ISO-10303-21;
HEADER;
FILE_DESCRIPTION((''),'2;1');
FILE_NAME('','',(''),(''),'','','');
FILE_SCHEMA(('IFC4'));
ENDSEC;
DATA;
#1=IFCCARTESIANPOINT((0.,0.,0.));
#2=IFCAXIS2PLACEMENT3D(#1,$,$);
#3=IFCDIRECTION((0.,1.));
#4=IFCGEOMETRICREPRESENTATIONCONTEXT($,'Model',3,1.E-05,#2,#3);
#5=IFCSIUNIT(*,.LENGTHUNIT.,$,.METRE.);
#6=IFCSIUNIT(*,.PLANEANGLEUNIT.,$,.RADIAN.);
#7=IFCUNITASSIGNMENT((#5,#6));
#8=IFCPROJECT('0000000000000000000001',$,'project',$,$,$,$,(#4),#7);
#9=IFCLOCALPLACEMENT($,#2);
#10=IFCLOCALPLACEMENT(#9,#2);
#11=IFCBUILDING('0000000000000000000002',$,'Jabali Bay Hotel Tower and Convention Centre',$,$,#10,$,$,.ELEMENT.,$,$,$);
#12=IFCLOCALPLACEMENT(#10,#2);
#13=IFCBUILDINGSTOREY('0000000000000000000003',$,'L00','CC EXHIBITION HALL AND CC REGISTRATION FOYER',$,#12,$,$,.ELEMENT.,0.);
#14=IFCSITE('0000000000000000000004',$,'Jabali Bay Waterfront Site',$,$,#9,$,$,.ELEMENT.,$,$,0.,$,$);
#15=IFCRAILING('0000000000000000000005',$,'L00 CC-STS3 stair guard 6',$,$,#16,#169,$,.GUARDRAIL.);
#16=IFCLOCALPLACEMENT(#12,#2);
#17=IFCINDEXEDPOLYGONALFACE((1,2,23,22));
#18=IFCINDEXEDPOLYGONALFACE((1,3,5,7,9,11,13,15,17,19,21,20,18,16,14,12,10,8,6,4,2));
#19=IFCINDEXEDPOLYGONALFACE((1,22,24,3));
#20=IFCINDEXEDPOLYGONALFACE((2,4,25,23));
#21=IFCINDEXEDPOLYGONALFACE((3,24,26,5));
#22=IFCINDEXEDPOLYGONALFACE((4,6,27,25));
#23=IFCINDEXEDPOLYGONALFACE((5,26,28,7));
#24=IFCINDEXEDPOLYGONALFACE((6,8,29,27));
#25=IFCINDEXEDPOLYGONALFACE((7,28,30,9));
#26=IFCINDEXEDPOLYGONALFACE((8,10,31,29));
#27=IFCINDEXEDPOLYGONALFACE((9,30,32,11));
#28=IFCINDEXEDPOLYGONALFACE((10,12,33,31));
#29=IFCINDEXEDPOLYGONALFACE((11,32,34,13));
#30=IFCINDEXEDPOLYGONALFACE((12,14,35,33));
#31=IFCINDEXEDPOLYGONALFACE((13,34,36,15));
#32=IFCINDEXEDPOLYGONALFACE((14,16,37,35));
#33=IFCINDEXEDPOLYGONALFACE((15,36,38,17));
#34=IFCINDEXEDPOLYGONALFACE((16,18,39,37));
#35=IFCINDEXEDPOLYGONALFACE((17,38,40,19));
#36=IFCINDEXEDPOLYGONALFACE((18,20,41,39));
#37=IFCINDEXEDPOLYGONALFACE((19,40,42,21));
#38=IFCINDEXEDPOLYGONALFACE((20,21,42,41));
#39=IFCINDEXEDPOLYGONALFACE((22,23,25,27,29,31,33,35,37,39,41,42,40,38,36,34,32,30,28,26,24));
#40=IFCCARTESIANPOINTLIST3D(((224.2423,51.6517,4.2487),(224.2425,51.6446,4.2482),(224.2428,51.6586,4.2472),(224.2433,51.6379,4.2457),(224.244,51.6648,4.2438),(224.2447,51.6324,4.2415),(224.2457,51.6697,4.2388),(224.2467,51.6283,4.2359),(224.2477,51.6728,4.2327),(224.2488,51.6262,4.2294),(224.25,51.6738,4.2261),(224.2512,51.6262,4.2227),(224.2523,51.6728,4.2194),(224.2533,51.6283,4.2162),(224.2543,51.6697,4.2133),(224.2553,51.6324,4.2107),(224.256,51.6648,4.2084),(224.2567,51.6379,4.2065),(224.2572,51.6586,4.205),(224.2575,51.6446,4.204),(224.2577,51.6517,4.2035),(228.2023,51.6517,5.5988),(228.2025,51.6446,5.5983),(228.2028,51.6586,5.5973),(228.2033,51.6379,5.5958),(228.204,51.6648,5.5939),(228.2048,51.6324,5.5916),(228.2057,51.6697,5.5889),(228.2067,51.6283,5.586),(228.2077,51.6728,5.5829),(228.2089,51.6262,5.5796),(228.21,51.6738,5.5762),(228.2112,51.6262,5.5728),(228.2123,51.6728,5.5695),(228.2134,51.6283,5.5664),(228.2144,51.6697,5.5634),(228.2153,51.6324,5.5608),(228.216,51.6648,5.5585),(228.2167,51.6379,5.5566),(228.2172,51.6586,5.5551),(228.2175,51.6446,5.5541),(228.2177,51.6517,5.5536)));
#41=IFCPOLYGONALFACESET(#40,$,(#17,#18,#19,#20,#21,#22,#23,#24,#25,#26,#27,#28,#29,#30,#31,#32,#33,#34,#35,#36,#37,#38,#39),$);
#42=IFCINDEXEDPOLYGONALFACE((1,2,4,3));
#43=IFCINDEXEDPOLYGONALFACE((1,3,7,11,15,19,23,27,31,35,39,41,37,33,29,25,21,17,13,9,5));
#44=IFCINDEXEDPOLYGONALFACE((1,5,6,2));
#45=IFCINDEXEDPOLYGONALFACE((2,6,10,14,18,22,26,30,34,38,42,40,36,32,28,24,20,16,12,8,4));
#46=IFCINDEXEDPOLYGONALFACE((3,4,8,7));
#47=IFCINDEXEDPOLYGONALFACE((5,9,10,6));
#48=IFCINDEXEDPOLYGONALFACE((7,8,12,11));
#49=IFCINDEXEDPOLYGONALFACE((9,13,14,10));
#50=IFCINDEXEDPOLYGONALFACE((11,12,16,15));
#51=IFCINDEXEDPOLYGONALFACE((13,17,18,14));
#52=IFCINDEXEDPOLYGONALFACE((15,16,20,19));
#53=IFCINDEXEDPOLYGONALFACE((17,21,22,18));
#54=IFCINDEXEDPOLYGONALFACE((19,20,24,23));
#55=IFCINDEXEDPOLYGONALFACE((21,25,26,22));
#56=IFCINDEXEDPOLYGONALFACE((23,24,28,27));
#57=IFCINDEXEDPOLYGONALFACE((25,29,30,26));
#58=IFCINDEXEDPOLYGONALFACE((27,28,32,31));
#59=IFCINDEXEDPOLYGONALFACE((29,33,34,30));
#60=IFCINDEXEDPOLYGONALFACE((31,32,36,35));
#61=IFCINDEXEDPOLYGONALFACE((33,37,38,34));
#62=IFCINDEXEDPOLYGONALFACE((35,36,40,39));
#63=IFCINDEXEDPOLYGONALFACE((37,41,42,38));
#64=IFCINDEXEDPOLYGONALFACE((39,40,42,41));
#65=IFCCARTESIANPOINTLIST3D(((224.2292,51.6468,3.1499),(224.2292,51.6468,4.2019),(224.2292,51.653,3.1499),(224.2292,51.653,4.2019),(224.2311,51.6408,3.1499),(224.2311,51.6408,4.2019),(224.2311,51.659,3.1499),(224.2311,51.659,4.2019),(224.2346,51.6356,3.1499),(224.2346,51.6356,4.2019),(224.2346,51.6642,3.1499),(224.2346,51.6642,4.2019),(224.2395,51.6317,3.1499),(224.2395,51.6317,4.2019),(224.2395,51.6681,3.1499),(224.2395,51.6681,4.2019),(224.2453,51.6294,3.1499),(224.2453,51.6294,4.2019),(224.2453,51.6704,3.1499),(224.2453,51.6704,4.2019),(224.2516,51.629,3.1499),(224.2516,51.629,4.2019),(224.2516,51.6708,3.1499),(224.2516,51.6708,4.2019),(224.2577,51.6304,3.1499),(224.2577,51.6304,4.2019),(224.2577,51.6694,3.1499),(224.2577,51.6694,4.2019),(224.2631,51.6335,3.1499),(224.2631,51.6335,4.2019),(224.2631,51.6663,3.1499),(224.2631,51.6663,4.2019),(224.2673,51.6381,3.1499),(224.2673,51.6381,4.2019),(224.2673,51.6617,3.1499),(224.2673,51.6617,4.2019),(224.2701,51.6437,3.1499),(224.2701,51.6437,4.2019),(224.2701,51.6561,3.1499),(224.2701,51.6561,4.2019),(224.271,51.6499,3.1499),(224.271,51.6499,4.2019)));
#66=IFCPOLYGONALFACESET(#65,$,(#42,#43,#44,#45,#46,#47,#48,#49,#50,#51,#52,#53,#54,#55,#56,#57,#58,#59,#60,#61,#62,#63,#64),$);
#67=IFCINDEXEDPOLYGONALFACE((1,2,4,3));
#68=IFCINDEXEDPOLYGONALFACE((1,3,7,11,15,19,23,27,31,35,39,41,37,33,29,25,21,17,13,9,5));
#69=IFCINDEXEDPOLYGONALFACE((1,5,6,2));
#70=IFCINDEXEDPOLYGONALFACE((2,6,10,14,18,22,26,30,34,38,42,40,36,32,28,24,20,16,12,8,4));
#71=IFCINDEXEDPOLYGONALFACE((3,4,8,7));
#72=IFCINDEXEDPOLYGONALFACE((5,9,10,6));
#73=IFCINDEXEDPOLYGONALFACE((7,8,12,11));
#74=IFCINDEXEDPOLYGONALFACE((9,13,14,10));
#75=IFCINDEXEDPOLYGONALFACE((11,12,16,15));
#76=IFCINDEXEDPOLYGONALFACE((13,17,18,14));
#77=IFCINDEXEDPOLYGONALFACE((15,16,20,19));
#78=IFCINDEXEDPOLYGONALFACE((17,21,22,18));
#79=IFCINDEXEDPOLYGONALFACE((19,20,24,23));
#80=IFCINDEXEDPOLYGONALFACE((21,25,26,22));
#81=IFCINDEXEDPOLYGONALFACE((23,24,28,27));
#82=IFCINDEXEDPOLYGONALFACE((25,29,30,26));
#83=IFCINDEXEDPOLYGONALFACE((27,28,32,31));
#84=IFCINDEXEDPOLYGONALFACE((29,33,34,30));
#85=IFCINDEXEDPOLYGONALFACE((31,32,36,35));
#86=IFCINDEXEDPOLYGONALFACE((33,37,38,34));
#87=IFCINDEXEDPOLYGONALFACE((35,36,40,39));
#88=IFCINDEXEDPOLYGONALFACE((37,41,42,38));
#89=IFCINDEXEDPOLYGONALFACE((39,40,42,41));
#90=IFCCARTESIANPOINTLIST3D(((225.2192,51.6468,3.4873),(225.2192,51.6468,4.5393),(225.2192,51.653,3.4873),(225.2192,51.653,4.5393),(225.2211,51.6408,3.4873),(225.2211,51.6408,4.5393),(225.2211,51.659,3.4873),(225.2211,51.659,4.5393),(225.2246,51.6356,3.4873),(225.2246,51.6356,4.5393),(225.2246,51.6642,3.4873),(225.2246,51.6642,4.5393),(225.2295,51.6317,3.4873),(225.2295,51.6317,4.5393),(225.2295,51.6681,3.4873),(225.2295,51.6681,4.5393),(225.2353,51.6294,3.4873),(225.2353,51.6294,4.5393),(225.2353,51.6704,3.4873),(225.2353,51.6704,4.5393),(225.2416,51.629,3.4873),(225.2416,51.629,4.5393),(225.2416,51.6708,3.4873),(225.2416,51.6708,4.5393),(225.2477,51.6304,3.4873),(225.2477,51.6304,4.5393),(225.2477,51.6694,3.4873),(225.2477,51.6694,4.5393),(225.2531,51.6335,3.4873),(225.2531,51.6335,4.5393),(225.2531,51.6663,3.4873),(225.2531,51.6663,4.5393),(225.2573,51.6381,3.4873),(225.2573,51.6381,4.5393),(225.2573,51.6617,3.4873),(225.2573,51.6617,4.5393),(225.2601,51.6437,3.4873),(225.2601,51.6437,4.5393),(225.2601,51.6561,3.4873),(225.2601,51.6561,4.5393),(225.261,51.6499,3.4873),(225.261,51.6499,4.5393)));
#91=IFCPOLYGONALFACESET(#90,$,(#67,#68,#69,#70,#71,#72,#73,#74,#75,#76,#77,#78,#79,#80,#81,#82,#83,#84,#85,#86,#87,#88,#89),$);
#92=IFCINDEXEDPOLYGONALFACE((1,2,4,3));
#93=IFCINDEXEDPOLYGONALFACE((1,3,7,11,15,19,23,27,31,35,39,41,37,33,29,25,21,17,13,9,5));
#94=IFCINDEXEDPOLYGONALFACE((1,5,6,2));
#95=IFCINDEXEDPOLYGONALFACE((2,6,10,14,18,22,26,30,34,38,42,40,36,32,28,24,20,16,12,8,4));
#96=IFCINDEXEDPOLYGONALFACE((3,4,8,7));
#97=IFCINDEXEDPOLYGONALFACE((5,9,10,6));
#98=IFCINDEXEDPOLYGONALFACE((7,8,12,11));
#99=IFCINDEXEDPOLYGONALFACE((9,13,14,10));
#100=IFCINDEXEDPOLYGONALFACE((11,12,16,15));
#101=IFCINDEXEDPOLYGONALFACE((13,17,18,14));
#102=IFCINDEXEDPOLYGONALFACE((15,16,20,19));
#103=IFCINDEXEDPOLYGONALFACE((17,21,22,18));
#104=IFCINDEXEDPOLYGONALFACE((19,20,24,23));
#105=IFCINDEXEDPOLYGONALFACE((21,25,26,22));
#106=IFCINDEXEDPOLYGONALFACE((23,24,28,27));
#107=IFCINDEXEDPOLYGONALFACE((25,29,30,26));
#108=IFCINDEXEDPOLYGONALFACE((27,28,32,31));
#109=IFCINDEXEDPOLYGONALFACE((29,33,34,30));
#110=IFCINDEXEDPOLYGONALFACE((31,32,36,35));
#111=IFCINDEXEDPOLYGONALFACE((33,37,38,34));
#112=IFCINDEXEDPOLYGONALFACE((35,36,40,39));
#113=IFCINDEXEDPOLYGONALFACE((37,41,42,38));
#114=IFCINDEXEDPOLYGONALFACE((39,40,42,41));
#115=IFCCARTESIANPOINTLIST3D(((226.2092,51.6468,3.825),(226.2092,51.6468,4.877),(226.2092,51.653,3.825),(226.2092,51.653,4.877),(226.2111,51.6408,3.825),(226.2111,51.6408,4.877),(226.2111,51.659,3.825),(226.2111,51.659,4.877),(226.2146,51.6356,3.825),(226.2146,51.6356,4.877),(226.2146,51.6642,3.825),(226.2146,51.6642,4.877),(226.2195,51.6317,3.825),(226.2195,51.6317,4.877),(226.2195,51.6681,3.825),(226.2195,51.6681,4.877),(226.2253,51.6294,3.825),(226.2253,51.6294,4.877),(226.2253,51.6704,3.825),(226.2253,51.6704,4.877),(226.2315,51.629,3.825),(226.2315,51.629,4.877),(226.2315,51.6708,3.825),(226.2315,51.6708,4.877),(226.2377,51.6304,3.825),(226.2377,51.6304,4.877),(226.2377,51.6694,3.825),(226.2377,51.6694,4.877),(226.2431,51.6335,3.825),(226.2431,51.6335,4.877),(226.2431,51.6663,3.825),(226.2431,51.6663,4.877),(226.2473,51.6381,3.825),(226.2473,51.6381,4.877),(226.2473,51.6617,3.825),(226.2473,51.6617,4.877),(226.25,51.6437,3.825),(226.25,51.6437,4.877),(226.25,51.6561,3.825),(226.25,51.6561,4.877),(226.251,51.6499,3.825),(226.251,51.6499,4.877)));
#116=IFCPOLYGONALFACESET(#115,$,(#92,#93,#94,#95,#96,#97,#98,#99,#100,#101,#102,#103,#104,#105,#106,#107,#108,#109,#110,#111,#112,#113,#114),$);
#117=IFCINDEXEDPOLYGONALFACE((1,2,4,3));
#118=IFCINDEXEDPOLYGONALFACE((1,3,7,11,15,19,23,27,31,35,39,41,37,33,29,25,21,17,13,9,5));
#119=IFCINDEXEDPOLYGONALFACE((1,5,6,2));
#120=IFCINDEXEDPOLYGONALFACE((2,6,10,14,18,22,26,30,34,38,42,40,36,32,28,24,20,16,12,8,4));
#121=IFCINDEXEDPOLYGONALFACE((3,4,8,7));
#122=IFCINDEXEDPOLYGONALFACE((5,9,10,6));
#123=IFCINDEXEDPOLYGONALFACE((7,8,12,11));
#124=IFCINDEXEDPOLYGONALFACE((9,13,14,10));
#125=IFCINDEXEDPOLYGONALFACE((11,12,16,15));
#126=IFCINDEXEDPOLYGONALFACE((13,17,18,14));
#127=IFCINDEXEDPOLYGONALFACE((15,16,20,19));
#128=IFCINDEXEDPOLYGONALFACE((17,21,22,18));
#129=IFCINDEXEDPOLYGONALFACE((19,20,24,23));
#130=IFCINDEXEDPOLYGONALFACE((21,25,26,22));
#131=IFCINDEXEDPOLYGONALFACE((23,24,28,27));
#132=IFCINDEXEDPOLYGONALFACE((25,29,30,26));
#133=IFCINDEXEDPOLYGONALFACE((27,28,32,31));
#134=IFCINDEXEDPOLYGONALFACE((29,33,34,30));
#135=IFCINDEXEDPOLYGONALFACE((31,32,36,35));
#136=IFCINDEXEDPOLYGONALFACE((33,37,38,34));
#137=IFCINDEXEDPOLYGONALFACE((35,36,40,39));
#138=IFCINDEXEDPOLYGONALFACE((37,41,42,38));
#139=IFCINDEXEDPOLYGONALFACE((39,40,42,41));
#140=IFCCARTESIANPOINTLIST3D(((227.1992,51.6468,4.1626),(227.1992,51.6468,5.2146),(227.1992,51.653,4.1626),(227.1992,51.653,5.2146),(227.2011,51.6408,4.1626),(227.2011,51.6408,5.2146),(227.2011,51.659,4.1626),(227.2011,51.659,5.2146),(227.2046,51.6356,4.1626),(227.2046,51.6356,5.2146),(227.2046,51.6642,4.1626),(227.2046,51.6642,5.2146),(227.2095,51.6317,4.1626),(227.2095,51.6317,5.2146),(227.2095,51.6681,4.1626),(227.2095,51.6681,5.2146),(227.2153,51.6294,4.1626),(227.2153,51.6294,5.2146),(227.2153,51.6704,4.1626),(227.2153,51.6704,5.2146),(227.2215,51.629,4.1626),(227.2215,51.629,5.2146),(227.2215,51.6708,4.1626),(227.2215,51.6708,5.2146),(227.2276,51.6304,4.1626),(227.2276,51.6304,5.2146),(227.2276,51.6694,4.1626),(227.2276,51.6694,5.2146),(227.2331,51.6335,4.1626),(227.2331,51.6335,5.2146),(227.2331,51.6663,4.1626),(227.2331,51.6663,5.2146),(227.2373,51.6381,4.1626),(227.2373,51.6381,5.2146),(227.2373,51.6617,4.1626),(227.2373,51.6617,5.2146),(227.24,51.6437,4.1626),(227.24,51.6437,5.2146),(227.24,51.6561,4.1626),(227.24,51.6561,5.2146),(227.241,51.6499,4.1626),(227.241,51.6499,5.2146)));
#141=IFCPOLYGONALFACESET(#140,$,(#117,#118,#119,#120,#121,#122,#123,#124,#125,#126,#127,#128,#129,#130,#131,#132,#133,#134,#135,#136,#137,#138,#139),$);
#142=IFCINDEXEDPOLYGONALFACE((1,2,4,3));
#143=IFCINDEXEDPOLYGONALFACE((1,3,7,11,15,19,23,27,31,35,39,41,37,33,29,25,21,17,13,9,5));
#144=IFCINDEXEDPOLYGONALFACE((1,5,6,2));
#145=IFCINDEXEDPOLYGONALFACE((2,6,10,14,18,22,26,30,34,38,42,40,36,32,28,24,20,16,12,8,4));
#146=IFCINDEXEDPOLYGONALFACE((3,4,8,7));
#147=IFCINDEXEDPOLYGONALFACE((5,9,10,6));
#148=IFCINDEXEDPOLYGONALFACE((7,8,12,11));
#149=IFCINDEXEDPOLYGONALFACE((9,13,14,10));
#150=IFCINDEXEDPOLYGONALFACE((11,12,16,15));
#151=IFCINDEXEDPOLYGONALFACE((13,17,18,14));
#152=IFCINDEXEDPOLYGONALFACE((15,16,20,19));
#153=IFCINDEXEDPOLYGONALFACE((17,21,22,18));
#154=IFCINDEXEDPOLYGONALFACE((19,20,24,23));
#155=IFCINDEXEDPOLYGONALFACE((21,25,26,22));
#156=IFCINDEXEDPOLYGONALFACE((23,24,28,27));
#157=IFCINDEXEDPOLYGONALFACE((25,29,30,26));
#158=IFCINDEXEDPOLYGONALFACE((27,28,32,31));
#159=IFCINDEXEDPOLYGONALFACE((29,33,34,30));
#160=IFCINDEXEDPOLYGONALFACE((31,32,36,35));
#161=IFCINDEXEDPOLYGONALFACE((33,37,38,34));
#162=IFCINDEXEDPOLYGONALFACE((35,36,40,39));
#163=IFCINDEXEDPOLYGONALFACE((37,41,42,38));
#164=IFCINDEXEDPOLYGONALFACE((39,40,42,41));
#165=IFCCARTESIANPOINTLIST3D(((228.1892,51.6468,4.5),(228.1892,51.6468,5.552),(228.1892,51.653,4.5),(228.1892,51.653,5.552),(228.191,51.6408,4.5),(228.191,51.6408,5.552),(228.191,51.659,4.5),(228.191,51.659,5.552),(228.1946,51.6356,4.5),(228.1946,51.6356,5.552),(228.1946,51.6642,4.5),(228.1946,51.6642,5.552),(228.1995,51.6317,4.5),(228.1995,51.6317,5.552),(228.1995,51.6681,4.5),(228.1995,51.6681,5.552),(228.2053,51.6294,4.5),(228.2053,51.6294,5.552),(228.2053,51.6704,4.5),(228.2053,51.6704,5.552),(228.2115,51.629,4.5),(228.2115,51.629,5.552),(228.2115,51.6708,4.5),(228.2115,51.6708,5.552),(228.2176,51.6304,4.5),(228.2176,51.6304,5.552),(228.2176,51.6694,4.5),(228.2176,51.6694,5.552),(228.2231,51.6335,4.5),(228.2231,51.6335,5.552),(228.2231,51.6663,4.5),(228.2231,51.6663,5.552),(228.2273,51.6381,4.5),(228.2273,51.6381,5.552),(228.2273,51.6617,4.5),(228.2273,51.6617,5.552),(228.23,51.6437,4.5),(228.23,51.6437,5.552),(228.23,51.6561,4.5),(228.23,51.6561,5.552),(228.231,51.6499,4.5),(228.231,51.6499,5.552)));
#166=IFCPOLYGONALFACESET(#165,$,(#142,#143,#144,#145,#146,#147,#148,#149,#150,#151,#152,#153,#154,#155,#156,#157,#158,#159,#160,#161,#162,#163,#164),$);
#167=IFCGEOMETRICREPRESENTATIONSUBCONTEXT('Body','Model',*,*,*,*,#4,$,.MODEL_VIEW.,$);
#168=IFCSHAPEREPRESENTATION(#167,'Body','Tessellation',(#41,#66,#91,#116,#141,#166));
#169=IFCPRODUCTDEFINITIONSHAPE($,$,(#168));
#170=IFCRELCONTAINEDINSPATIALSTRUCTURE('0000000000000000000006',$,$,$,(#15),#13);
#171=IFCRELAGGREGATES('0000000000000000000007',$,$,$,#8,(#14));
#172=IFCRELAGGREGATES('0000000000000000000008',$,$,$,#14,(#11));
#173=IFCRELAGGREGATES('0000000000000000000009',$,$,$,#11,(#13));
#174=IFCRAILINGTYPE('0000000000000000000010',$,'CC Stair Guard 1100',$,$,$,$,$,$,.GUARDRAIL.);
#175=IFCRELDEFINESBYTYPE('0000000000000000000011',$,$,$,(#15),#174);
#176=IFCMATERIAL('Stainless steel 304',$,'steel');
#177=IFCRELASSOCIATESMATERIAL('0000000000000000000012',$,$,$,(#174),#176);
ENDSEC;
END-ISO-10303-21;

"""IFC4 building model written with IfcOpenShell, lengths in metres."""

from ifc_helpers import new_model, si_unit, direction, frame, origin, origin_2d, place, context, subcontext, project, spatial, circle, extrude, material, type_object, element, save


model = new_model("IFC4")

# Units and contexts
model_context = context("Model", 3, precision=1e-05, world=origin(), true_north=direction((0.0, 1.0)))
body_context = subcontext(model_context, "Body", "Model", "MODEL_VIEW")
ifc_project = project(units=[si_unit("LENGTHUNIT", "METRE"), si_unit("PLANEANGLEUNIT", "RADIAN")], contexts=[model_context])

# Site, building, storey
site_placement = place(None, origin())
site = spatial("IfcSite", under=ifc_project, at=site_placement, Name="Jabali Bay Waterfront Site", CompositionType="ELEMENT", RefElevation=0.0)
building_placement = place(site_placement, origin())
building = spatial("IfcBuilding", under=site, at=building_placement, Name="Jabali Bay Hotel Tower and Convention Centre", CompositionType="ELEMENT")
storey_placement = place(building_placement, origin())
storey = spatial("IfcBuildingStorey", under=building, at=storey_placement, Name="L00", Description="CC EXHIBITION HALL AND CC REGISTRATION FOYER", CompositionType="ELEMENT", Elevation=0.0)

# Railing
ifc_material_1 = material(Name="Stainless steel 304", Category="steel")
railing_type_1 = type_object("IfcRailingType", Name="CC Stair Guard 1100", PredefinedType="GUARDRAIL", material=ifc_material_1)
railing_1_placement = place(storey_placement, frame((224.25, 51.6499, 3.1499)))
element("IfcRailing", 1, at=railing_1_placement, inside=storey, type_object=railing_type_1, Name="L00 CC-STS3 stair guard 6", PredefinedType="GUARDRAIL", context=body_context, shape_type="SweptSolid", body=[
    extrude(circle(Radius=0.0239, at=origin_2d()), frame((0.0, 0.0, 1.0762), z_axis=(0.946502, 0.0, 0.322698), x_axis=(0.0, 1.0, 0.0)), (0.0, 0.0, 1.0), 4.1838),
    extrude(circle(Radius=0.021, at=origin_2d()), origin(), (0.0, 0.0, 1.0), 1.052),
    extrude(circle(Radius=0.021, at=origin_2d()), frame((0.99, 0.0, 0.3374)), (0.0, 0.0, 1.0), 1.052),
    extrude(circle(Radius=0.021, at=origin_2d()), frame((1.98, 0.0, 0.675)), (0.0, 0.0, 1.0), 1.052),
    extrude(circle(Radius=0.021, at=origin_2d()), frame((2.97, 0.0, 1.0127)), (0.0, 0.0, 1.0), 1.052),
    extrude(circle(Radius=0.021, at=origin_2d()), frame((3.96, 0.0, 1.3501)), (0.0, 0.0, 1.0), 1.052),
])

save(model, "model.ifc")
